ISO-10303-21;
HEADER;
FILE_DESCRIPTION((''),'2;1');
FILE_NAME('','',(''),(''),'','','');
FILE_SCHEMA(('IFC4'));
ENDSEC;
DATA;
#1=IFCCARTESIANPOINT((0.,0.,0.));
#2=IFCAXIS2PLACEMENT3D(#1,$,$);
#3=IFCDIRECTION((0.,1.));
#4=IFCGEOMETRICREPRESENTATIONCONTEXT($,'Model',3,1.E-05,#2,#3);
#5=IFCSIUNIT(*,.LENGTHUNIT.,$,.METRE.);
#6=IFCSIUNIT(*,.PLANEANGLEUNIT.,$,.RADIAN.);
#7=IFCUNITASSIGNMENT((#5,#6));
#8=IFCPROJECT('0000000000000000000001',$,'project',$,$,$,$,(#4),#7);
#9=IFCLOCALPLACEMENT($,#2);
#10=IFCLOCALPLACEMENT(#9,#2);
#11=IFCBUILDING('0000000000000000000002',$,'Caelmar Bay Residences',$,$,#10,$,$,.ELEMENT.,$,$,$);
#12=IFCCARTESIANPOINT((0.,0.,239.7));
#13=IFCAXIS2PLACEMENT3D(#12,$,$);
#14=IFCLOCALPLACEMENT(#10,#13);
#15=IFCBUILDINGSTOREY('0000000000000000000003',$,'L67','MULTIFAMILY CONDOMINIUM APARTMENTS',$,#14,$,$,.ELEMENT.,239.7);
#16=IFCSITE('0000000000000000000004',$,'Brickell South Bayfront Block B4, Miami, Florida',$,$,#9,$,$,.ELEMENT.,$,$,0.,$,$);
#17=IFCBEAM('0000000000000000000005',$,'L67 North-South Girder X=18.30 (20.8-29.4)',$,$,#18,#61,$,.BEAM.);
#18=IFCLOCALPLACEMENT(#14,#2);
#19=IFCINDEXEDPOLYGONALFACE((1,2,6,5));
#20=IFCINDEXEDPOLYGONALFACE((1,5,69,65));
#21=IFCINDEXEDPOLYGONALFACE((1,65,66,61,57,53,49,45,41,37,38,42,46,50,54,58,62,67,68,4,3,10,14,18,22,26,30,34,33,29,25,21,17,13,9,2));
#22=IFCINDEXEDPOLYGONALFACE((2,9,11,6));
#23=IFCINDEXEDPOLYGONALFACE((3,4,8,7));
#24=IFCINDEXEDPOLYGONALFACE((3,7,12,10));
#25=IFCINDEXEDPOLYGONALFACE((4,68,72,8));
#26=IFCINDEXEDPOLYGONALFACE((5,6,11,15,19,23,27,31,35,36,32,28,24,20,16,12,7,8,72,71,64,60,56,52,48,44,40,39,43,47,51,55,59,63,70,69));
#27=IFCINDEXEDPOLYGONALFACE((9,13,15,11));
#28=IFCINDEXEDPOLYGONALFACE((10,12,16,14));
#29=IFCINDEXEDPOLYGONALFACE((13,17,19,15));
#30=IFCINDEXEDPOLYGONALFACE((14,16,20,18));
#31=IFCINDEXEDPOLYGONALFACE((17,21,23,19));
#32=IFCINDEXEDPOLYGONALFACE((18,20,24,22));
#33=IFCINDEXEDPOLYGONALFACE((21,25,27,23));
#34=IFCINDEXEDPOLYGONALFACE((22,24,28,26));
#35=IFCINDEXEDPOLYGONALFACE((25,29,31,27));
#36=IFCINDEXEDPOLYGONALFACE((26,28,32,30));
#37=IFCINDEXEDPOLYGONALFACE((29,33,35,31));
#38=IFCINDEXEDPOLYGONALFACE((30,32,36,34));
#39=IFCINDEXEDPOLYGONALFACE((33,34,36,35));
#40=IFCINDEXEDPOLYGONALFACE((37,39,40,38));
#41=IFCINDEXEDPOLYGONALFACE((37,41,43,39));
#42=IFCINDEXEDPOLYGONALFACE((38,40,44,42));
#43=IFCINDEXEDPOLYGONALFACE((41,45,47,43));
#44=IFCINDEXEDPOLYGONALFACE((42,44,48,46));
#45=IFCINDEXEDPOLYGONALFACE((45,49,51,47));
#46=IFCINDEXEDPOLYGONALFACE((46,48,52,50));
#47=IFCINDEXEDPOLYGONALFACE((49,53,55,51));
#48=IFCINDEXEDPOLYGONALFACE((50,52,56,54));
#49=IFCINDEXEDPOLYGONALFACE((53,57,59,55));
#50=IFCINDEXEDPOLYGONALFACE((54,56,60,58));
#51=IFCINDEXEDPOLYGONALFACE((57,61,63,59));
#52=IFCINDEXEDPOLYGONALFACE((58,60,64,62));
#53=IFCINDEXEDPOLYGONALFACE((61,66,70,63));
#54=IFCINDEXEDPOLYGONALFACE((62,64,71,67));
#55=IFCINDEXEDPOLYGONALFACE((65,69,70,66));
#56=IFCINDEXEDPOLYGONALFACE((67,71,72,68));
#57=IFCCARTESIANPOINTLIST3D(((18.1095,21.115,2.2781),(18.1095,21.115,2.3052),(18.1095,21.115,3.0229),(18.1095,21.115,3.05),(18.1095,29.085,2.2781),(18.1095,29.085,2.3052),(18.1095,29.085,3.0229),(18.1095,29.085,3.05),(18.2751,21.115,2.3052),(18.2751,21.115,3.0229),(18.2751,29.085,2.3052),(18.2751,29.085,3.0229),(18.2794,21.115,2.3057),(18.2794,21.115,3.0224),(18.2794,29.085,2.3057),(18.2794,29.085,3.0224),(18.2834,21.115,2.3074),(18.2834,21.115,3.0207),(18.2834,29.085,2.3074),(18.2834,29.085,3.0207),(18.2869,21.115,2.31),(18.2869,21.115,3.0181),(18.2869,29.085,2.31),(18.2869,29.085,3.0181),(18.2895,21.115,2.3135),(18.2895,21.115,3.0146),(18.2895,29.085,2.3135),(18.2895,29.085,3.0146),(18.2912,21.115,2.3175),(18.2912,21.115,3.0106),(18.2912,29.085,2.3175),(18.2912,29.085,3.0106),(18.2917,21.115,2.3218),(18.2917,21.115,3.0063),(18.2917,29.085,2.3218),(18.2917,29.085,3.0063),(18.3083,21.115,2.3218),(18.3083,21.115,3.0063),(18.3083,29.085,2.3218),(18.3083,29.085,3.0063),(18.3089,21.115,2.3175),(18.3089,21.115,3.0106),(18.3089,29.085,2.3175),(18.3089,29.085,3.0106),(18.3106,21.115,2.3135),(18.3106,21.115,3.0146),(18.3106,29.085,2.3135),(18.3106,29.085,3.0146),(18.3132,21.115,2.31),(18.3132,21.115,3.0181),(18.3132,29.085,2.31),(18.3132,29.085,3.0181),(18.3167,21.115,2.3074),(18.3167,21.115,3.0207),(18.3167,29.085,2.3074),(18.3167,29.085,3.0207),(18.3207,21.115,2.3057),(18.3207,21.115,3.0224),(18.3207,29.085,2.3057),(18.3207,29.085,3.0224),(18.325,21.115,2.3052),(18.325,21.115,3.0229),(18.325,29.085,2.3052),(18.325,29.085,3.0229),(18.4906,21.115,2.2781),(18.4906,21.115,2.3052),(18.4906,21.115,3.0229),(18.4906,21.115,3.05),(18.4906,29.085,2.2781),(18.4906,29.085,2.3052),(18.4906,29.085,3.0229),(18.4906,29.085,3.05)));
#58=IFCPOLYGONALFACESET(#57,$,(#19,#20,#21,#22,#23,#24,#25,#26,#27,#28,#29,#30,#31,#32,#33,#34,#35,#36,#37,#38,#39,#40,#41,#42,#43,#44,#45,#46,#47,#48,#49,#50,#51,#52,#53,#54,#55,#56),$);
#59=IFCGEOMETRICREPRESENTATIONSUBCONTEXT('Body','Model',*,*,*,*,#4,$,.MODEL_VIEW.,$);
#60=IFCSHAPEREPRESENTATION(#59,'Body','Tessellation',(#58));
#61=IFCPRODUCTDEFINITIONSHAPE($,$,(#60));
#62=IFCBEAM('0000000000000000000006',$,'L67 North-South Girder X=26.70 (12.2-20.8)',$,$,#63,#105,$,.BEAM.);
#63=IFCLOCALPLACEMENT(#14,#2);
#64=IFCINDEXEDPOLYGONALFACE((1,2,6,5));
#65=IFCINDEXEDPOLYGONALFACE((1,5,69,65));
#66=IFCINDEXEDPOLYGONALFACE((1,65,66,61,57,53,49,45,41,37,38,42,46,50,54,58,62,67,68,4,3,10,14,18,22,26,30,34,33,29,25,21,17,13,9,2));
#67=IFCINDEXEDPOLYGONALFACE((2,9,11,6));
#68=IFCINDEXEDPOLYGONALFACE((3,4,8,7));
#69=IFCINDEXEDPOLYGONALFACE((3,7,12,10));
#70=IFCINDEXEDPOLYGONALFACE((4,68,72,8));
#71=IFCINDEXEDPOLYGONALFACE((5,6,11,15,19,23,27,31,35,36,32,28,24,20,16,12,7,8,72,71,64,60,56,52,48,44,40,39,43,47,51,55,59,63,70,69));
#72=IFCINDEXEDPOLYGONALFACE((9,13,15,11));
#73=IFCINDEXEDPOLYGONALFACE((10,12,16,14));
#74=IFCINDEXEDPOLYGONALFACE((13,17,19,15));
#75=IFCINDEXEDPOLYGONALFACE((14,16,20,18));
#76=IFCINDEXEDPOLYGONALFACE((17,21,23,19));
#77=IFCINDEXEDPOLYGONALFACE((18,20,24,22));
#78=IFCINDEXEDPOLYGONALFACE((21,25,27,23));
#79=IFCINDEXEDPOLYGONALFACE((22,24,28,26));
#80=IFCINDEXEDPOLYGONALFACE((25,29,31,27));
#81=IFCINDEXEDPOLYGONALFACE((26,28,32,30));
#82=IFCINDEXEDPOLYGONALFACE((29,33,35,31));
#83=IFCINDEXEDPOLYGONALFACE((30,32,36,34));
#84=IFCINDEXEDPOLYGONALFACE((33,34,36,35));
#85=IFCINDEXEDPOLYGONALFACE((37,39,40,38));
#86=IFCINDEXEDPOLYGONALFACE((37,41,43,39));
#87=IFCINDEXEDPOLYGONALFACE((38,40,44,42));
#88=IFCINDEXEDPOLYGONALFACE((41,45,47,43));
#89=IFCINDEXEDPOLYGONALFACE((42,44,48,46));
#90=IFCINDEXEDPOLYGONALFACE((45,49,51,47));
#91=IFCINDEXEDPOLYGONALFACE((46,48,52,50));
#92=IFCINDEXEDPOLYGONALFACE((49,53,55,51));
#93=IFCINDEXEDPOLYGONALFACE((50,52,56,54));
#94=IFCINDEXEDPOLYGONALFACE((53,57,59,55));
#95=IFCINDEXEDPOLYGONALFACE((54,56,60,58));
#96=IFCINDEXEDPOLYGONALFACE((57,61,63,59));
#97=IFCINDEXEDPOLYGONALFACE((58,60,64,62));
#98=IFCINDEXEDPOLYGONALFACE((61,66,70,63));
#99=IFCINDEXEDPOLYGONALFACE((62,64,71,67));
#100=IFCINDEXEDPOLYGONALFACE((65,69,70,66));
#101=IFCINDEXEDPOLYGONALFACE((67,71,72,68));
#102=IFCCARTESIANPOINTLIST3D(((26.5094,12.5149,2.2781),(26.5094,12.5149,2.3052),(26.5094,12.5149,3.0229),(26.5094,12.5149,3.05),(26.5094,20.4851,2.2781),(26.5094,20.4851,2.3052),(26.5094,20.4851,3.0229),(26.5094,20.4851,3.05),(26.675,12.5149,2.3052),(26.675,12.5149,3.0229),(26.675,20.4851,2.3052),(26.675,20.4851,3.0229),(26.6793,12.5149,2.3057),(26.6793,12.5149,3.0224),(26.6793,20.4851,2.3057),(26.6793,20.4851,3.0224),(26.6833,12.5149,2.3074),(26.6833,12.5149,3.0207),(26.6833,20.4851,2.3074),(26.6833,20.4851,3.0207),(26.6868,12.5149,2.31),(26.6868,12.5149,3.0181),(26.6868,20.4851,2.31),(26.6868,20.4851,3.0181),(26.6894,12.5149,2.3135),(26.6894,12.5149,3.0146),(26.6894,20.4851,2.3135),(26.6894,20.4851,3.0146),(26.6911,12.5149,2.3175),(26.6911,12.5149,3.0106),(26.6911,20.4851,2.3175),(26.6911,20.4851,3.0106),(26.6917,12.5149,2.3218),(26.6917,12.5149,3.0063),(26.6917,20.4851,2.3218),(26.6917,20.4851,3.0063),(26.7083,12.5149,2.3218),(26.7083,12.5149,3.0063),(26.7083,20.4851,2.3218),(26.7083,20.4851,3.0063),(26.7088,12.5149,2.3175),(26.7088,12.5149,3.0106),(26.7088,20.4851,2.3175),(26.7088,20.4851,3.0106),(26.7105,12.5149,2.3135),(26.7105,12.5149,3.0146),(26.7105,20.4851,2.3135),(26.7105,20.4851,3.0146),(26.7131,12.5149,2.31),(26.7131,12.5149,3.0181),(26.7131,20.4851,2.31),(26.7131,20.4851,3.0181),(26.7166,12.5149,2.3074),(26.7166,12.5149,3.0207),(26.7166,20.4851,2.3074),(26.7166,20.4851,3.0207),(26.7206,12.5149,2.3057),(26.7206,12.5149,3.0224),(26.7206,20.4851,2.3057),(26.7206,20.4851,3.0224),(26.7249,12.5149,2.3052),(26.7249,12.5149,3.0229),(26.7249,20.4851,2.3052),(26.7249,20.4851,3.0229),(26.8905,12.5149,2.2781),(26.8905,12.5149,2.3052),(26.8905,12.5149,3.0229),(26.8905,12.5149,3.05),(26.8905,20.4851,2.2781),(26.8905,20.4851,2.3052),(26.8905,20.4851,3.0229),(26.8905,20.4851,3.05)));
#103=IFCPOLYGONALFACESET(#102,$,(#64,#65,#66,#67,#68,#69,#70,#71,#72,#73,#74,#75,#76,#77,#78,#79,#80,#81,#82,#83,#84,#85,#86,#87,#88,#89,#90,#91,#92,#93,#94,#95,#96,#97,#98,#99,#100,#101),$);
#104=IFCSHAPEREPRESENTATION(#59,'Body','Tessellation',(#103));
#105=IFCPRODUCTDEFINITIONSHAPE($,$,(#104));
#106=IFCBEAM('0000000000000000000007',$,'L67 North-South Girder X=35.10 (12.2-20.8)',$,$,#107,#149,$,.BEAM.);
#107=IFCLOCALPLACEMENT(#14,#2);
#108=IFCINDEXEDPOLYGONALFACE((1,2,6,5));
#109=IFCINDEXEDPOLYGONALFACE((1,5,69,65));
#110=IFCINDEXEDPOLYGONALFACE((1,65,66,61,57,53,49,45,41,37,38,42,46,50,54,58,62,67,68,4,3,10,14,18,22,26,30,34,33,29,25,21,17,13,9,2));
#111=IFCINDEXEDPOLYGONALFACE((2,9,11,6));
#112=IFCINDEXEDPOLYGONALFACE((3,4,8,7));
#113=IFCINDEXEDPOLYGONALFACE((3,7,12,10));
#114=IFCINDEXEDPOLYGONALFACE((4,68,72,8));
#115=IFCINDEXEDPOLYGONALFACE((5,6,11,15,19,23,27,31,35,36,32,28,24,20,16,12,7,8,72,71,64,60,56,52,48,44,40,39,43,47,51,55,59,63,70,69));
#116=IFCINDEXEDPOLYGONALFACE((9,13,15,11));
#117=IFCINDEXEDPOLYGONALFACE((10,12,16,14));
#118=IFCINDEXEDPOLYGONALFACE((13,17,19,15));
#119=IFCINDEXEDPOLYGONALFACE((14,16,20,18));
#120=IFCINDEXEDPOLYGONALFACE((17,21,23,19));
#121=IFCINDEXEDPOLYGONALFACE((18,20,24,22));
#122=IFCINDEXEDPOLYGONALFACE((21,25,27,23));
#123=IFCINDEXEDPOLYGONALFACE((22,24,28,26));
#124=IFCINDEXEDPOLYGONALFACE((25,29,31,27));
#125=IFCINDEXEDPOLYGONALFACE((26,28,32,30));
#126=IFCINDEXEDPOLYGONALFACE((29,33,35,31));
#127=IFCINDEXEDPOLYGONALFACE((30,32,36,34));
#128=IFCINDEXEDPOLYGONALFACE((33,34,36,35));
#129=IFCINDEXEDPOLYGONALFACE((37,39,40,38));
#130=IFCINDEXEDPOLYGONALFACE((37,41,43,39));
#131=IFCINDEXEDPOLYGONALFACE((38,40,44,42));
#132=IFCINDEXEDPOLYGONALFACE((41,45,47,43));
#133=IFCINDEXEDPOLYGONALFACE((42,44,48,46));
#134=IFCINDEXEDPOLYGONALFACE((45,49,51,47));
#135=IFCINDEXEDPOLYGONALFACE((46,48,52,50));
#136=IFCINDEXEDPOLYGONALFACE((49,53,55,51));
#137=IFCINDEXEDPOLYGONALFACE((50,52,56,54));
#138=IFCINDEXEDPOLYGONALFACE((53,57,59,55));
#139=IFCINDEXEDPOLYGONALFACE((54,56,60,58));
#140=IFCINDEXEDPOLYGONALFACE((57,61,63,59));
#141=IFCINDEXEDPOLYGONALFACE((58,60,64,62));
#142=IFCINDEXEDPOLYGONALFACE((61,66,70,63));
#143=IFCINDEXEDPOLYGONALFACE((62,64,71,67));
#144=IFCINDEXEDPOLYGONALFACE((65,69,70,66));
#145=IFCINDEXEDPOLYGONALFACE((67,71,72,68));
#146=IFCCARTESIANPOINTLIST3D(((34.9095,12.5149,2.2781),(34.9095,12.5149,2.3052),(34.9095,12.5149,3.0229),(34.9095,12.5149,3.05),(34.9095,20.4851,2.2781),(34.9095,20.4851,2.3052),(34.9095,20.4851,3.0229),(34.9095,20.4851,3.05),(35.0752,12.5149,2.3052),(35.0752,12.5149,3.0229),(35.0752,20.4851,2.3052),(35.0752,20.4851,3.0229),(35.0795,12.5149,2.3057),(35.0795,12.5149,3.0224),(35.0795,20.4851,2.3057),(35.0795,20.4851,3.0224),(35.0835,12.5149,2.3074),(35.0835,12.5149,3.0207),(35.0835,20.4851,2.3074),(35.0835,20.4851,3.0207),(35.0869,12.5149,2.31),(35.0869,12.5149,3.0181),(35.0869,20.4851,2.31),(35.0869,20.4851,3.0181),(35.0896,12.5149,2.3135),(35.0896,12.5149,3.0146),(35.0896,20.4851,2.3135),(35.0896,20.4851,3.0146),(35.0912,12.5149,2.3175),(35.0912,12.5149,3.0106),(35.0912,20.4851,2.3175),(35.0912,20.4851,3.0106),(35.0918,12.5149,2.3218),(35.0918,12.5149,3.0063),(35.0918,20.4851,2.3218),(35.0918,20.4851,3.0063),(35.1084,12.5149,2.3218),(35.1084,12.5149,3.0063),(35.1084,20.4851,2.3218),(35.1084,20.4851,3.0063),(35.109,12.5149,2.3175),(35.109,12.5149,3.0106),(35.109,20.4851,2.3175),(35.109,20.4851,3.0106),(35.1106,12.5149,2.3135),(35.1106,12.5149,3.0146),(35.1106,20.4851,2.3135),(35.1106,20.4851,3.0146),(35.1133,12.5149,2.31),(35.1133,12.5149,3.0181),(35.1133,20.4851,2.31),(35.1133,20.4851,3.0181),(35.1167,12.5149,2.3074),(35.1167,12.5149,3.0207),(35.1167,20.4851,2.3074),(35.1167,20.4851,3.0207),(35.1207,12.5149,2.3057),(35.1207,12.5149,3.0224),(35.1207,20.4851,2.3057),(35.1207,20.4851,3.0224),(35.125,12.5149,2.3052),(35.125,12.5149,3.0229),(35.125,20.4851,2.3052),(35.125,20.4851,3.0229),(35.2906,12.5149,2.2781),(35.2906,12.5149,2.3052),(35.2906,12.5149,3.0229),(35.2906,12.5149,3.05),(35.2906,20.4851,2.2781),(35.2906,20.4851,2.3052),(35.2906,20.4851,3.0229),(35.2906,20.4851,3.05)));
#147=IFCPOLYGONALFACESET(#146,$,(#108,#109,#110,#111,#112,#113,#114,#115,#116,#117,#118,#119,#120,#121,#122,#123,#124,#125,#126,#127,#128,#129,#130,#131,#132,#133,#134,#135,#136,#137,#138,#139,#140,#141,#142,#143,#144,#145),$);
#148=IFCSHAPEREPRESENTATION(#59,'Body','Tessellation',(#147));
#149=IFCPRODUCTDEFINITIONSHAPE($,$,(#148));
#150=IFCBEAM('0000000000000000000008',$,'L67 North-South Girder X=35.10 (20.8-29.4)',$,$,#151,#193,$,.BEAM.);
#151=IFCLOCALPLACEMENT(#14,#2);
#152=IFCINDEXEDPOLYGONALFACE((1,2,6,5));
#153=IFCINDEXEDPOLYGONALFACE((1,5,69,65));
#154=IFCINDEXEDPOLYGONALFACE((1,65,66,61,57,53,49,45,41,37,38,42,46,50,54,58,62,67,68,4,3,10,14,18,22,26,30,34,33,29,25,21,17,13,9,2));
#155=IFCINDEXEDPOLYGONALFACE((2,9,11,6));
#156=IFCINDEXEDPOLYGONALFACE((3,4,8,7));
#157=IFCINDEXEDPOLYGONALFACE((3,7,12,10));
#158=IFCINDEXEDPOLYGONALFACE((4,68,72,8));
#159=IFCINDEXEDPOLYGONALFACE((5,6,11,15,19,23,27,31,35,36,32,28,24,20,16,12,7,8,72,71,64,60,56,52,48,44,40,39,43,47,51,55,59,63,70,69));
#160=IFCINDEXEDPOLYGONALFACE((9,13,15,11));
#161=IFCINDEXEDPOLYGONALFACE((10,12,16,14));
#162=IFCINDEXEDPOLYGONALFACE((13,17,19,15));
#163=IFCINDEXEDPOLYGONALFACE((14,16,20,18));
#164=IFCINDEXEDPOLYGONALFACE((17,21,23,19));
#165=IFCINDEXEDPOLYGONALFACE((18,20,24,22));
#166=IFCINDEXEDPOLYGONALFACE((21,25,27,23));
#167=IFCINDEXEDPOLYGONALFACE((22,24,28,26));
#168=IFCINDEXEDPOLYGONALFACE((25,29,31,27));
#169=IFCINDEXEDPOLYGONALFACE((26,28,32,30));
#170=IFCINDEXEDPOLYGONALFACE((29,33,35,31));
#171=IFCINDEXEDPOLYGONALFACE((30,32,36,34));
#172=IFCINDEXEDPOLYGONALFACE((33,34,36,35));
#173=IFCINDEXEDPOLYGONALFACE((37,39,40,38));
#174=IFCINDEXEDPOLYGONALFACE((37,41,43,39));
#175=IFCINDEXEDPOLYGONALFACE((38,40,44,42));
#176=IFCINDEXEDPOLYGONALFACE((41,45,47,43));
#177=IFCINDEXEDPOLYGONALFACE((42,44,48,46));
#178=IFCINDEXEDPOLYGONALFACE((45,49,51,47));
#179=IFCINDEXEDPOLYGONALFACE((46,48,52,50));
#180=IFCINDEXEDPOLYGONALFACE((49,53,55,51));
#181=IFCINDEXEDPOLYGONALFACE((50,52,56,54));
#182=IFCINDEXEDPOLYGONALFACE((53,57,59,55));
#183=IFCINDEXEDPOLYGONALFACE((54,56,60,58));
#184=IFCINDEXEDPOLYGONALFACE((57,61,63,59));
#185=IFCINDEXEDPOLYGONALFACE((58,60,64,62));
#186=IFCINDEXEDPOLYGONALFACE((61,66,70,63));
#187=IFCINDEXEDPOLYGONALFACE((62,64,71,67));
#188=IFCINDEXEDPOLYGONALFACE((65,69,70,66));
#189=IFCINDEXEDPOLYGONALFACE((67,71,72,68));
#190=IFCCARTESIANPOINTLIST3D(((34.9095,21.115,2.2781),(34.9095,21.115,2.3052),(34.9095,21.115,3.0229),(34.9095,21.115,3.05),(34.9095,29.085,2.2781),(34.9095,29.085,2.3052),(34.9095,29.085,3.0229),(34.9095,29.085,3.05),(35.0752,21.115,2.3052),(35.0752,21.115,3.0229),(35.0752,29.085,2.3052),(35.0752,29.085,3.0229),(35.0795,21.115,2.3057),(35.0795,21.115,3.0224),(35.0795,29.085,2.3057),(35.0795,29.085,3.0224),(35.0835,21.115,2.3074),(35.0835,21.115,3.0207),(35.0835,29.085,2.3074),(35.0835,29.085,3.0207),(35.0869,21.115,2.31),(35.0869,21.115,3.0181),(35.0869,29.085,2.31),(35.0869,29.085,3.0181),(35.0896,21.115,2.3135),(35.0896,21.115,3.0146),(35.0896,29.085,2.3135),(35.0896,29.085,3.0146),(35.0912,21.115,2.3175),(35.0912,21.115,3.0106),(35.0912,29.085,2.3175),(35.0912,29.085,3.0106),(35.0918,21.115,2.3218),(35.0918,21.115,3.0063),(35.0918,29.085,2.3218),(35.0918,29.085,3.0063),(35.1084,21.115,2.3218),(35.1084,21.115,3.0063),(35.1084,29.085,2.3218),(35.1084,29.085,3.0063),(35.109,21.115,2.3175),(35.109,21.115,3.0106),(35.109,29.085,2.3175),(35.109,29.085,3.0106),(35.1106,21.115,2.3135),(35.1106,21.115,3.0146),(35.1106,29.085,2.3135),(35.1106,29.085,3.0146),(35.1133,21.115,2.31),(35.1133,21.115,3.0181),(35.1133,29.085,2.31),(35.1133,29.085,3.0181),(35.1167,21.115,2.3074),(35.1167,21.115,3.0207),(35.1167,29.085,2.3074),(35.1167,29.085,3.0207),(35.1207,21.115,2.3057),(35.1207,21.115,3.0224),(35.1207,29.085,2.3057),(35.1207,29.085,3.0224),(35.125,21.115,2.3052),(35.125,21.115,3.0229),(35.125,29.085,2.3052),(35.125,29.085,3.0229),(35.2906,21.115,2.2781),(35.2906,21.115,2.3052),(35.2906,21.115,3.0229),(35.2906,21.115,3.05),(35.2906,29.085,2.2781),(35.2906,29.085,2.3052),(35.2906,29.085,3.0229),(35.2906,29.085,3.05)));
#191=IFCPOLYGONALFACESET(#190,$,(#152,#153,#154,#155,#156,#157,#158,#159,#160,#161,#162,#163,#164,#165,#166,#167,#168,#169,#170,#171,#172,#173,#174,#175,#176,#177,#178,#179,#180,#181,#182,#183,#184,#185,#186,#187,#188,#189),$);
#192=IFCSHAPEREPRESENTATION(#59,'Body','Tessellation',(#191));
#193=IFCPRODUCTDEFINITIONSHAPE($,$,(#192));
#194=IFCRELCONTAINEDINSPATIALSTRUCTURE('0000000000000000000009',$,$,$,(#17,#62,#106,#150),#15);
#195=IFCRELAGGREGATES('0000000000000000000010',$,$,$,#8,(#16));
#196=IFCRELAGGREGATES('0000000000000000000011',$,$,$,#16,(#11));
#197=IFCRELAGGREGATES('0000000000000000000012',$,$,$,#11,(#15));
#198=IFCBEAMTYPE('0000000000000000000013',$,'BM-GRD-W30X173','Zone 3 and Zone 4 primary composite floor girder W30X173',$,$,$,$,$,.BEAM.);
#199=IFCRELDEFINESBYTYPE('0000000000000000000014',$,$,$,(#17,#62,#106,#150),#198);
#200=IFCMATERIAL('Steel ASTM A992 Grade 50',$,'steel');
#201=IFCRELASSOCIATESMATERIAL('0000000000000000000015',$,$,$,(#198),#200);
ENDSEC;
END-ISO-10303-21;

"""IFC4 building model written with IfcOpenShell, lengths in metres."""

from ifc_helpers import new_model, si_unit, direction, frame, origin, origin_2d, place, context, subcontext, project, spatial, i_section, extrude, material, material_profile, profile_set, type_object, element, save


model = new_model("IFC4")

# Units and contexts
model_context = context("Model", 3, precision=1e-05, world=origin(), true_north=direction((0.0, 1.0)))
body_context = subcontext(model_context, "Body", "Model", "MODEL_VIEW")
ifc_project = project(units=[si_unit("LENGTHUNIT", "METRE"), si_unit("PLANEANGLEUNIT", "RADIAN")], contexts=[model_context])

# Site, building, storey
site_placement = place(None, origin())
site = spatial("IfcSite", under=ifc_project, at=site_placement, Name="Brickell South Bayfront Block B4, Miami, Florida", CompositionType="ELEMENT", RefElevation=0.0)
building_placement = place(site_placement, origin())
building = spatial("IfcBuilding", under=site, at=building_placement, Name="Caelmar Bay Residences", CompositionType="ELEMENT")
storey_placement = place(building_placement, frame((0.0, 0.0, 239.7)))
storey = spatial("IfcBuildingStorey", under=building, at=storey_placement, Name="L67", Description="MULTIFAMILY CONDOMINIUM APARTMENTS", CompositionType="ELEMENT", Elevation=239.7)

# Beams
ifc_material_1 = material(Name="Steel ASTM A992 Grade 50", Category="steel")
ifc_material_profile_1 = material_profile(ifc_material_1, i_section(OverallWidth=0.3811, OverallDepth=0.772, WebThickness=0.0166, FlangeThickness=0.0271, FilletRadius=0.0166, at=origin_2d()), Name="W30X173")
ifc_profile_set_1 = profile_set([ifc_material_profile_1], Name="Steel ASTM A992 Grade 50")
beam_type_1 = type_object("IfcBeamType", Name="BM-GRD-W30X173", Description="Zone 3 and Zone 4 primary composite floor girder W30X173", PredefinedType="BEAM", material=ifc_profile_set_1)
beam_1_placement = place(storey_placement, frame((18.3, 21.115, 2.6641), z_axis=(0.0, 1.0, 0.0), x_axis=(-1.0, 0.0, 0.0)))
element("IfcBeam", 1, at=beam_1_placement, inside=storey, type_object=beam_type_1, Name="L67 North-South Girder X=18.30 (20.8-29.4)", PredefinedType="BEAM", context=body_context, shape_type="SweptSolid", body=[
    extrude(i_section(OverallWidth=0.3811, OverallDepth=0.772, WebThickness=0.0166, FlangeThickness=0.0271, FilletRadius=0.0166, at=origin_2d()), origin(), (0.0, 0.0, 1.0), 7.97),
])
for number, where, z_axis, x_axis, name in (
    (2, (26.7, 12.5149, 2.6641), (0.0, 1.0, 0.0), (-1.0, 0.0, 0.0), "L67 North-South Girder X=26.70 (12.2-20.8)"),
    (3, (35.1001, 12.5149, 2.6641), (0.0, 1.0, 0.0), (-1.0, 0.0, 0.0), "L67 North-South Girder X=35.10 (12.2-20.8)"),
):
    element("IfcBeam", number, at=place(storey_placement, frame(where, z_axis=z_axis, x_axis=x_axis)), inside=storey, type_object=beam_type_1, Name=name, PredefinedType="BEAM", context=body_context, shape_type="SweptSolid", body=[
        extrude(i_section(OverallWidth=0.3811, OverallDepth=0.772, WebThickness=0.0166, FlangeThickness=0.0271, FilletRadius=0.0166, at=origin_2d()), origin(), (0.0, 0.0, 1.0), 7.9702),
    ])
beam_2_placement = place(storey_placement, frame((35.1001, 21.115, 2.6641), z_axis=(0.0, 1.0, 0.0), x_axis=(-1.0, 0.0, 0.0)))
element("IfcBeam", 4, at=beam_2_placement, inside=storey, type_object=beam_type_1, Name="L67 North-South Girder X=35.10 (20.8-29.4)", PredefinedType="BEAM", context=body_context, shape_type="SweptSolid", body=[
    extrude(i_section(OverallWidth=0.3811, OverallDepth=0.772, WebThickness=0.0166, FlangeThickness=0.0271, FilletRadius=0.0166, at=origin_2d()), origin(), (0.0, 0.0, 1.0), 7.97),
])

save(model, "model.ifc")
